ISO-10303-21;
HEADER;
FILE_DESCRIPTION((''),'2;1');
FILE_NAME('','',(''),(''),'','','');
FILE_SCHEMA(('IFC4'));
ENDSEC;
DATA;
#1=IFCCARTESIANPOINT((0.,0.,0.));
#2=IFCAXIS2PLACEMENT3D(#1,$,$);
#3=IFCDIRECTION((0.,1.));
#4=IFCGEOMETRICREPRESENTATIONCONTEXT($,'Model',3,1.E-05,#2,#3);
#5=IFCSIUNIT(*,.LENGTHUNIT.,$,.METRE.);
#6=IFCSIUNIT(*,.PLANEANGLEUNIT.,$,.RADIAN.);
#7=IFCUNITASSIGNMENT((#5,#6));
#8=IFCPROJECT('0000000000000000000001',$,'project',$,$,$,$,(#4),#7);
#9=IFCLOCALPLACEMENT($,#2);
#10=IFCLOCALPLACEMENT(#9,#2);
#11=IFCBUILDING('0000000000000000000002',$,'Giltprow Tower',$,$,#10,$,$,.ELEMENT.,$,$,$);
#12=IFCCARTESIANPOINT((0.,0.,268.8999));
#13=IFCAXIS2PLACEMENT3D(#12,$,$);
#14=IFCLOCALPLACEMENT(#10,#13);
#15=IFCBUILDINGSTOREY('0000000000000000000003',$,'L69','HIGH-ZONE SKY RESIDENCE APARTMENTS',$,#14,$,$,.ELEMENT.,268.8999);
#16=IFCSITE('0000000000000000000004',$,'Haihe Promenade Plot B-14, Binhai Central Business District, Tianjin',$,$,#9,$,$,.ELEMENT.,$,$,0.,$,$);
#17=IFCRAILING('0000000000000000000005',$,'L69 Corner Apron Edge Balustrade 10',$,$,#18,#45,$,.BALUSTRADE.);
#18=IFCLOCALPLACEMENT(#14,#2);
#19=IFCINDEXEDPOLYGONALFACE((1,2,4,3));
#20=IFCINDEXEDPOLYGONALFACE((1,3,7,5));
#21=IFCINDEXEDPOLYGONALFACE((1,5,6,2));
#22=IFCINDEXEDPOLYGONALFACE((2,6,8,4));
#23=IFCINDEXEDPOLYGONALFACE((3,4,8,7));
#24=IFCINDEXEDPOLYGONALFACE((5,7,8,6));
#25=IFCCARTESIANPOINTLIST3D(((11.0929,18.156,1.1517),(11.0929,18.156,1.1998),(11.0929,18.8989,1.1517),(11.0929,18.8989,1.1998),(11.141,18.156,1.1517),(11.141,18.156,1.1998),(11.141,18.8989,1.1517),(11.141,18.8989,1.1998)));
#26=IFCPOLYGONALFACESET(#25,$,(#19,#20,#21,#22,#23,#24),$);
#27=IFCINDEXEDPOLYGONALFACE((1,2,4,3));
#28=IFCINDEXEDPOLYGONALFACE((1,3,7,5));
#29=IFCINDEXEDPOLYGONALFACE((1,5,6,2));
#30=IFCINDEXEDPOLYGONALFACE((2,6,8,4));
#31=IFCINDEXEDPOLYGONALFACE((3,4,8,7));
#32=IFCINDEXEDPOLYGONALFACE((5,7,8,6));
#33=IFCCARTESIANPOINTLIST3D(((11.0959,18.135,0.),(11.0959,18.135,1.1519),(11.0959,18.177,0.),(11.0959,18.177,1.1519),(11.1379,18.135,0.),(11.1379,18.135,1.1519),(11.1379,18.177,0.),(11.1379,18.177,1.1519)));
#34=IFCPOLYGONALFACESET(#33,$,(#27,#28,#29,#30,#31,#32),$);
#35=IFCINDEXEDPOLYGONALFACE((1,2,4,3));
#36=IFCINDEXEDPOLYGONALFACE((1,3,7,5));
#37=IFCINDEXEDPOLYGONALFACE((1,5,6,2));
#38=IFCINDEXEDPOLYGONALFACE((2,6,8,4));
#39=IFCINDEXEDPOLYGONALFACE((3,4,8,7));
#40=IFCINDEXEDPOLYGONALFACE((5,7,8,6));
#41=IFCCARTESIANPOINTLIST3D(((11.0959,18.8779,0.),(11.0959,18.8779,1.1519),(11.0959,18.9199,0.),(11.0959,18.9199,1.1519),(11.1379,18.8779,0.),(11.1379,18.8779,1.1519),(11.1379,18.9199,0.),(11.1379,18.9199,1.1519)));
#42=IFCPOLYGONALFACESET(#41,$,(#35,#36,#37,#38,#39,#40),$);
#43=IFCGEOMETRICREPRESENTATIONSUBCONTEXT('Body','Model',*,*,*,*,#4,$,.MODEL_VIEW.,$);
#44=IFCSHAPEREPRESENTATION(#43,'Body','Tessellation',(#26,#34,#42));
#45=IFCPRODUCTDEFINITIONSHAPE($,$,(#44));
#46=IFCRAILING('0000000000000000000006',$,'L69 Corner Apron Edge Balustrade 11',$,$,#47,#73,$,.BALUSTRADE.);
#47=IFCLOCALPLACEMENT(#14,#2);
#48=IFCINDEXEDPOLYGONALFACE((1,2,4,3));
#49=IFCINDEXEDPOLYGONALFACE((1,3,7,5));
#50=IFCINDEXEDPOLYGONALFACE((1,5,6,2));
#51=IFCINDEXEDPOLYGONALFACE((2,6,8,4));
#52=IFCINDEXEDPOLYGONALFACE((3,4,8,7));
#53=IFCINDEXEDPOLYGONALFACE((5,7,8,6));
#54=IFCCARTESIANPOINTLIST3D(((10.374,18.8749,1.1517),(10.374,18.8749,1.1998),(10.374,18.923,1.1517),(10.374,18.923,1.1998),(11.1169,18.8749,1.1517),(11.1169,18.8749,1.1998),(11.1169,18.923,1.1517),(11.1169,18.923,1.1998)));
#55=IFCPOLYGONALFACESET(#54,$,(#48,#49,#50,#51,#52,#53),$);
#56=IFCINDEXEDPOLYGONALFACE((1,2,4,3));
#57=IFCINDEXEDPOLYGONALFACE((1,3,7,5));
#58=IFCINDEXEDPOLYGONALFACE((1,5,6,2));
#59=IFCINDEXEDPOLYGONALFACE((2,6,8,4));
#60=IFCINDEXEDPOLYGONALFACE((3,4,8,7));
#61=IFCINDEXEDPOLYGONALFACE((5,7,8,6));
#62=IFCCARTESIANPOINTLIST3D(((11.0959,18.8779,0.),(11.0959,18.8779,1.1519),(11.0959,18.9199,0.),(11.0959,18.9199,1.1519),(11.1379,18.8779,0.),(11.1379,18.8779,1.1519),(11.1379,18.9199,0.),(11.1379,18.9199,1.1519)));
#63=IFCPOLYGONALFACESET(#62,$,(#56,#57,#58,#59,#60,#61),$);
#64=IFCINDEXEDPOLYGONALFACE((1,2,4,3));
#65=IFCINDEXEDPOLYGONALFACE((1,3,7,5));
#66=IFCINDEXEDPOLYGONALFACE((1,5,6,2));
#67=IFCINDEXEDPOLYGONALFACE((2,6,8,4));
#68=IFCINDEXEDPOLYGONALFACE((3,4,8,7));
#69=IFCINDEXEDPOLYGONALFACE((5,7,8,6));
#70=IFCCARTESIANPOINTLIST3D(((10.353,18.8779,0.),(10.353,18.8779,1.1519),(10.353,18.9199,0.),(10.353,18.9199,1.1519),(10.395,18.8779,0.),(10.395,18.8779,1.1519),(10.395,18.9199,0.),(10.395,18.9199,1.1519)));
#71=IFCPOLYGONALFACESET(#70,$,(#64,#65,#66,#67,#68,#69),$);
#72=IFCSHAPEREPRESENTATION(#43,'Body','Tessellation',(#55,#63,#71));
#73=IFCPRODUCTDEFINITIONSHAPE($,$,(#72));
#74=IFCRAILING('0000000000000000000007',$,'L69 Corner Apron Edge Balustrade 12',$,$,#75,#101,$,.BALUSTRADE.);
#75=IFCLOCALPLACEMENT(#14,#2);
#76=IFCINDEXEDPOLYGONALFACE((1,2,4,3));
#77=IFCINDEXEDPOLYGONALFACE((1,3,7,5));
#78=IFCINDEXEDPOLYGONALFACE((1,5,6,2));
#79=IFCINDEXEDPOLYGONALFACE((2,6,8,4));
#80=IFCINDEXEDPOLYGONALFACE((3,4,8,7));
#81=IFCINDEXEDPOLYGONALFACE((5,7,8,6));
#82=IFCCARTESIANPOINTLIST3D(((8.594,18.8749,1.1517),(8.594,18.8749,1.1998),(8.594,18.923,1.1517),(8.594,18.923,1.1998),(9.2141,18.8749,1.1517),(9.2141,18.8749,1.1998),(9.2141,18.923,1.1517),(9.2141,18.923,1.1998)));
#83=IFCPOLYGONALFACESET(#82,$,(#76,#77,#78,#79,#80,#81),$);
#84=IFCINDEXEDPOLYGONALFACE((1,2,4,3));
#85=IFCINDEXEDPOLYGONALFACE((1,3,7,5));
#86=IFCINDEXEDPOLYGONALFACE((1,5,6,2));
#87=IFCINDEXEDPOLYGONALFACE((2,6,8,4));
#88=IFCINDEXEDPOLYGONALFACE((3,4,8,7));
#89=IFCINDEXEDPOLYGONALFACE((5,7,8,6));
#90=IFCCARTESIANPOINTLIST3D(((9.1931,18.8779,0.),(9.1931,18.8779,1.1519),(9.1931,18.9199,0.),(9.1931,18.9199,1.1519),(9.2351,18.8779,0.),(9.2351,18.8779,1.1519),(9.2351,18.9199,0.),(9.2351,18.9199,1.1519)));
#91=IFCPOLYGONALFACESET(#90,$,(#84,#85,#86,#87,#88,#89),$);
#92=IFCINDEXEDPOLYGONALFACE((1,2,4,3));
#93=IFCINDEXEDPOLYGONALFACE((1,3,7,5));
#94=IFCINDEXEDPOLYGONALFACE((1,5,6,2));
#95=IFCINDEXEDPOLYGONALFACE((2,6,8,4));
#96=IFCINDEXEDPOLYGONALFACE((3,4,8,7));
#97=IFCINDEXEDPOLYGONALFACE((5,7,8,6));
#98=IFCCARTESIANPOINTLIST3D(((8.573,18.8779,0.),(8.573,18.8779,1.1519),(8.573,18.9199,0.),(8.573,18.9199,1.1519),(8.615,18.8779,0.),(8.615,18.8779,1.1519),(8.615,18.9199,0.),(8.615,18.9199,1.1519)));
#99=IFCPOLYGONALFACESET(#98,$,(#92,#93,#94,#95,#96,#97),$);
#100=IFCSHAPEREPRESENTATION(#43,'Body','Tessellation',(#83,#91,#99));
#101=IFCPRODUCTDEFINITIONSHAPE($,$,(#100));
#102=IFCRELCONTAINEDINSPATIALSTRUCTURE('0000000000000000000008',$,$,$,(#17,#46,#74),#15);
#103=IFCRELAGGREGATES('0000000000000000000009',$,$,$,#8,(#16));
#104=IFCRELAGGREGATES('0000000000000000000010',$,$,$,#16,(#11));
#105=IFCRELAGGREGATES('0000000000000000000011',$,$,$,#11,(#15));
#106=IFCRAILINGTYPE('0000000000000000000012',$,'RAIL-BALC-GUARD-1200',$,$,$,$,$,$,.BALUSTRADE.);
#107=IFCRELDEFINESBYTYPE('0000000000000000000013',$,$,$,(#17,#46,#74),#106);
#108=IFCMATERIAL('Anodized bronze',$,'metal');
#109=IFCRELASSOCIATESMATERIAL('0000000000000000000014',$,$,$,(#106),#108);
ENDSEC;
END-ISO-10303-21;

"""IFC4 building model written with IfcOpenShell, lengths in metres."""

from ifc_helpers import new_model, si_unit, direction, frame, origin, origin_2d, place, context, subcontext, project, spatial, rectangle, extrude, material, type_object, element, save


model = new_model("IFC4")

# Units and contexts
model_context = context("Model", 3, precision=1e-05, world=origin(), true_north=direction((0.0, 1.0)))
body_context = subcontext(model_context, "Body", "Model", "MODEL_VIEW")
ifc_project = project(units=[si_unit("LENGTHUNIT", "METRE"), si_unit("PLANEANGLEUNIT", "RADIAN")], contexts=[model_context])

# Site, building, storey
site_placement = place(None, origin())
site = spatial("IfcSite", under=ifc_project, at=site_placement, Name="Haihe Promenade Plot B-14, Binhai Central Business District, Tianjin", CompositionType="ELEMENT", RefElevation=0.0)
building_placement = place(site_placement, origin())
building = spatial("IfcBuilding", under=site, at=building_placement, Name="Giltprow Tower", CompositionType="ELEMENT")
storey_placement = place(building_placement, frame((0.0, 0.0, 268.8999)))
storey = spatial("IfcBuildingStorey", under=building, at=storey_placement, Name="L69", Description="HIGH-ZONE SKY RESIDENCE APARTMENTS", CompositionType="ELEMENT", Elevation=268.8999)

# Railings
ifc_material_1 = material(Name="Anodized bronze", Category="metal")
railing_type = type_object("IfcRailingType", Name="RAIL-BALC-GUARD-1200", PredefinedType="BALUSTRADE", material=ifc_material_1)
railing_1_placement = place(storey_placement, frame((11.1169, 18.156, 0.0)))
element("IfcRailing", 1, at=railing_1_placement, inside=storey, type_object=railing_type, Name="L69 Corner Apron Edge Balustrade 10", PredefinedType="BALUSTRADE", context=body_context, shape_type="SweptSolid", body=[
    extrude(rectangle(XDim=0.0481, YDim=0.0481, at=origin_2d()), frame((0.0, 0.0, 1.1758), z_axis=(0.0, 1.0, 0.0), x_axis=(-1.0, 0.0, 0.0)), (0.0, 0.0, 1.0), 0.7429),
    extrude(rectangle(XDim=0.042, YDim=0.042, at=origin_2d()), origin(), (0.0, 0.0, 1.0), 1.1519),
    extrude(rectangle(XDim=0.042, YDim=0.042, at=origin_2d()), frame((0.0, 0.7429, 0.0)), (0.0, 0.0, 1.0), 1.1519),
])
railing_2_placement = place(storey_placement, frame((11.1169, 18.8989, 0.0)))
element("IfcRailing", 2, at=railing_2_placement, inside=storey, type_object=railing_type, Name="L69 Corner Apron Edge Balustrade 11", PredefinedType="BALUSTRADE", context=body_context, shape_type="SweptSolid", body=[
    extrude(rectangle(XDim=0.0481, YDim=0.0481, at=origin_2d()), frame((0.0, 0.0, 1.1758), z_axis=(-1.0, 0.0, 0.0), x_axis=(0.0, -1.0, 0.0)), (0.0, 0.0, 1.0), 0.7429),
    extrude(rectangle(XDim=0.042, YDim=0.042, at=origin_2d()), origin(), (0.0, 0.0, 1.0), 1.1519),
    extrude(rectangle(XDim=0.042, YDim=0.042, at=origin_2d()), frame((-0.7429, 0.0, 0.0)), (0.0, 0.0, 1.0), 1.1519),
])
railing_3_placement = place(storey_placement, frame((9.2141, 18.8989, 0.0)))
element("IfcRailing", 3, at=railing_3_placement, inside=storey, type_object=railing_type, Name="L69 Corner Apron Edge Balustrade 12", PredefinedType="BALUSTRADE", context=body_context, shape_type="SweptSolid", body=[
    extrude(rectangle(XDim=0.0481, YDim=0.0481, at=origin_2d()), frame((0.0, 0.0, 1.1758), z_axis=(-1.0, 0.0, 0.0), x_axis=(0.0, -1.0, 0.0)), (0.0, 0.0, 1.0), 0.6201),
    extrude(rectangle(XDim=0.042, YDim=0.042, at=origin_2d()), origin(), (0.0, 0.0, 1.0), 1.1519),
    extrude(rectangle(XDim=0.042, YDim=0.042, at=origin_2d()), frame((-0.6201, 0.0, 0.0)), (0.0, 0.0, 1.0), 1.1519),
])

save(model, "model.ifc")
